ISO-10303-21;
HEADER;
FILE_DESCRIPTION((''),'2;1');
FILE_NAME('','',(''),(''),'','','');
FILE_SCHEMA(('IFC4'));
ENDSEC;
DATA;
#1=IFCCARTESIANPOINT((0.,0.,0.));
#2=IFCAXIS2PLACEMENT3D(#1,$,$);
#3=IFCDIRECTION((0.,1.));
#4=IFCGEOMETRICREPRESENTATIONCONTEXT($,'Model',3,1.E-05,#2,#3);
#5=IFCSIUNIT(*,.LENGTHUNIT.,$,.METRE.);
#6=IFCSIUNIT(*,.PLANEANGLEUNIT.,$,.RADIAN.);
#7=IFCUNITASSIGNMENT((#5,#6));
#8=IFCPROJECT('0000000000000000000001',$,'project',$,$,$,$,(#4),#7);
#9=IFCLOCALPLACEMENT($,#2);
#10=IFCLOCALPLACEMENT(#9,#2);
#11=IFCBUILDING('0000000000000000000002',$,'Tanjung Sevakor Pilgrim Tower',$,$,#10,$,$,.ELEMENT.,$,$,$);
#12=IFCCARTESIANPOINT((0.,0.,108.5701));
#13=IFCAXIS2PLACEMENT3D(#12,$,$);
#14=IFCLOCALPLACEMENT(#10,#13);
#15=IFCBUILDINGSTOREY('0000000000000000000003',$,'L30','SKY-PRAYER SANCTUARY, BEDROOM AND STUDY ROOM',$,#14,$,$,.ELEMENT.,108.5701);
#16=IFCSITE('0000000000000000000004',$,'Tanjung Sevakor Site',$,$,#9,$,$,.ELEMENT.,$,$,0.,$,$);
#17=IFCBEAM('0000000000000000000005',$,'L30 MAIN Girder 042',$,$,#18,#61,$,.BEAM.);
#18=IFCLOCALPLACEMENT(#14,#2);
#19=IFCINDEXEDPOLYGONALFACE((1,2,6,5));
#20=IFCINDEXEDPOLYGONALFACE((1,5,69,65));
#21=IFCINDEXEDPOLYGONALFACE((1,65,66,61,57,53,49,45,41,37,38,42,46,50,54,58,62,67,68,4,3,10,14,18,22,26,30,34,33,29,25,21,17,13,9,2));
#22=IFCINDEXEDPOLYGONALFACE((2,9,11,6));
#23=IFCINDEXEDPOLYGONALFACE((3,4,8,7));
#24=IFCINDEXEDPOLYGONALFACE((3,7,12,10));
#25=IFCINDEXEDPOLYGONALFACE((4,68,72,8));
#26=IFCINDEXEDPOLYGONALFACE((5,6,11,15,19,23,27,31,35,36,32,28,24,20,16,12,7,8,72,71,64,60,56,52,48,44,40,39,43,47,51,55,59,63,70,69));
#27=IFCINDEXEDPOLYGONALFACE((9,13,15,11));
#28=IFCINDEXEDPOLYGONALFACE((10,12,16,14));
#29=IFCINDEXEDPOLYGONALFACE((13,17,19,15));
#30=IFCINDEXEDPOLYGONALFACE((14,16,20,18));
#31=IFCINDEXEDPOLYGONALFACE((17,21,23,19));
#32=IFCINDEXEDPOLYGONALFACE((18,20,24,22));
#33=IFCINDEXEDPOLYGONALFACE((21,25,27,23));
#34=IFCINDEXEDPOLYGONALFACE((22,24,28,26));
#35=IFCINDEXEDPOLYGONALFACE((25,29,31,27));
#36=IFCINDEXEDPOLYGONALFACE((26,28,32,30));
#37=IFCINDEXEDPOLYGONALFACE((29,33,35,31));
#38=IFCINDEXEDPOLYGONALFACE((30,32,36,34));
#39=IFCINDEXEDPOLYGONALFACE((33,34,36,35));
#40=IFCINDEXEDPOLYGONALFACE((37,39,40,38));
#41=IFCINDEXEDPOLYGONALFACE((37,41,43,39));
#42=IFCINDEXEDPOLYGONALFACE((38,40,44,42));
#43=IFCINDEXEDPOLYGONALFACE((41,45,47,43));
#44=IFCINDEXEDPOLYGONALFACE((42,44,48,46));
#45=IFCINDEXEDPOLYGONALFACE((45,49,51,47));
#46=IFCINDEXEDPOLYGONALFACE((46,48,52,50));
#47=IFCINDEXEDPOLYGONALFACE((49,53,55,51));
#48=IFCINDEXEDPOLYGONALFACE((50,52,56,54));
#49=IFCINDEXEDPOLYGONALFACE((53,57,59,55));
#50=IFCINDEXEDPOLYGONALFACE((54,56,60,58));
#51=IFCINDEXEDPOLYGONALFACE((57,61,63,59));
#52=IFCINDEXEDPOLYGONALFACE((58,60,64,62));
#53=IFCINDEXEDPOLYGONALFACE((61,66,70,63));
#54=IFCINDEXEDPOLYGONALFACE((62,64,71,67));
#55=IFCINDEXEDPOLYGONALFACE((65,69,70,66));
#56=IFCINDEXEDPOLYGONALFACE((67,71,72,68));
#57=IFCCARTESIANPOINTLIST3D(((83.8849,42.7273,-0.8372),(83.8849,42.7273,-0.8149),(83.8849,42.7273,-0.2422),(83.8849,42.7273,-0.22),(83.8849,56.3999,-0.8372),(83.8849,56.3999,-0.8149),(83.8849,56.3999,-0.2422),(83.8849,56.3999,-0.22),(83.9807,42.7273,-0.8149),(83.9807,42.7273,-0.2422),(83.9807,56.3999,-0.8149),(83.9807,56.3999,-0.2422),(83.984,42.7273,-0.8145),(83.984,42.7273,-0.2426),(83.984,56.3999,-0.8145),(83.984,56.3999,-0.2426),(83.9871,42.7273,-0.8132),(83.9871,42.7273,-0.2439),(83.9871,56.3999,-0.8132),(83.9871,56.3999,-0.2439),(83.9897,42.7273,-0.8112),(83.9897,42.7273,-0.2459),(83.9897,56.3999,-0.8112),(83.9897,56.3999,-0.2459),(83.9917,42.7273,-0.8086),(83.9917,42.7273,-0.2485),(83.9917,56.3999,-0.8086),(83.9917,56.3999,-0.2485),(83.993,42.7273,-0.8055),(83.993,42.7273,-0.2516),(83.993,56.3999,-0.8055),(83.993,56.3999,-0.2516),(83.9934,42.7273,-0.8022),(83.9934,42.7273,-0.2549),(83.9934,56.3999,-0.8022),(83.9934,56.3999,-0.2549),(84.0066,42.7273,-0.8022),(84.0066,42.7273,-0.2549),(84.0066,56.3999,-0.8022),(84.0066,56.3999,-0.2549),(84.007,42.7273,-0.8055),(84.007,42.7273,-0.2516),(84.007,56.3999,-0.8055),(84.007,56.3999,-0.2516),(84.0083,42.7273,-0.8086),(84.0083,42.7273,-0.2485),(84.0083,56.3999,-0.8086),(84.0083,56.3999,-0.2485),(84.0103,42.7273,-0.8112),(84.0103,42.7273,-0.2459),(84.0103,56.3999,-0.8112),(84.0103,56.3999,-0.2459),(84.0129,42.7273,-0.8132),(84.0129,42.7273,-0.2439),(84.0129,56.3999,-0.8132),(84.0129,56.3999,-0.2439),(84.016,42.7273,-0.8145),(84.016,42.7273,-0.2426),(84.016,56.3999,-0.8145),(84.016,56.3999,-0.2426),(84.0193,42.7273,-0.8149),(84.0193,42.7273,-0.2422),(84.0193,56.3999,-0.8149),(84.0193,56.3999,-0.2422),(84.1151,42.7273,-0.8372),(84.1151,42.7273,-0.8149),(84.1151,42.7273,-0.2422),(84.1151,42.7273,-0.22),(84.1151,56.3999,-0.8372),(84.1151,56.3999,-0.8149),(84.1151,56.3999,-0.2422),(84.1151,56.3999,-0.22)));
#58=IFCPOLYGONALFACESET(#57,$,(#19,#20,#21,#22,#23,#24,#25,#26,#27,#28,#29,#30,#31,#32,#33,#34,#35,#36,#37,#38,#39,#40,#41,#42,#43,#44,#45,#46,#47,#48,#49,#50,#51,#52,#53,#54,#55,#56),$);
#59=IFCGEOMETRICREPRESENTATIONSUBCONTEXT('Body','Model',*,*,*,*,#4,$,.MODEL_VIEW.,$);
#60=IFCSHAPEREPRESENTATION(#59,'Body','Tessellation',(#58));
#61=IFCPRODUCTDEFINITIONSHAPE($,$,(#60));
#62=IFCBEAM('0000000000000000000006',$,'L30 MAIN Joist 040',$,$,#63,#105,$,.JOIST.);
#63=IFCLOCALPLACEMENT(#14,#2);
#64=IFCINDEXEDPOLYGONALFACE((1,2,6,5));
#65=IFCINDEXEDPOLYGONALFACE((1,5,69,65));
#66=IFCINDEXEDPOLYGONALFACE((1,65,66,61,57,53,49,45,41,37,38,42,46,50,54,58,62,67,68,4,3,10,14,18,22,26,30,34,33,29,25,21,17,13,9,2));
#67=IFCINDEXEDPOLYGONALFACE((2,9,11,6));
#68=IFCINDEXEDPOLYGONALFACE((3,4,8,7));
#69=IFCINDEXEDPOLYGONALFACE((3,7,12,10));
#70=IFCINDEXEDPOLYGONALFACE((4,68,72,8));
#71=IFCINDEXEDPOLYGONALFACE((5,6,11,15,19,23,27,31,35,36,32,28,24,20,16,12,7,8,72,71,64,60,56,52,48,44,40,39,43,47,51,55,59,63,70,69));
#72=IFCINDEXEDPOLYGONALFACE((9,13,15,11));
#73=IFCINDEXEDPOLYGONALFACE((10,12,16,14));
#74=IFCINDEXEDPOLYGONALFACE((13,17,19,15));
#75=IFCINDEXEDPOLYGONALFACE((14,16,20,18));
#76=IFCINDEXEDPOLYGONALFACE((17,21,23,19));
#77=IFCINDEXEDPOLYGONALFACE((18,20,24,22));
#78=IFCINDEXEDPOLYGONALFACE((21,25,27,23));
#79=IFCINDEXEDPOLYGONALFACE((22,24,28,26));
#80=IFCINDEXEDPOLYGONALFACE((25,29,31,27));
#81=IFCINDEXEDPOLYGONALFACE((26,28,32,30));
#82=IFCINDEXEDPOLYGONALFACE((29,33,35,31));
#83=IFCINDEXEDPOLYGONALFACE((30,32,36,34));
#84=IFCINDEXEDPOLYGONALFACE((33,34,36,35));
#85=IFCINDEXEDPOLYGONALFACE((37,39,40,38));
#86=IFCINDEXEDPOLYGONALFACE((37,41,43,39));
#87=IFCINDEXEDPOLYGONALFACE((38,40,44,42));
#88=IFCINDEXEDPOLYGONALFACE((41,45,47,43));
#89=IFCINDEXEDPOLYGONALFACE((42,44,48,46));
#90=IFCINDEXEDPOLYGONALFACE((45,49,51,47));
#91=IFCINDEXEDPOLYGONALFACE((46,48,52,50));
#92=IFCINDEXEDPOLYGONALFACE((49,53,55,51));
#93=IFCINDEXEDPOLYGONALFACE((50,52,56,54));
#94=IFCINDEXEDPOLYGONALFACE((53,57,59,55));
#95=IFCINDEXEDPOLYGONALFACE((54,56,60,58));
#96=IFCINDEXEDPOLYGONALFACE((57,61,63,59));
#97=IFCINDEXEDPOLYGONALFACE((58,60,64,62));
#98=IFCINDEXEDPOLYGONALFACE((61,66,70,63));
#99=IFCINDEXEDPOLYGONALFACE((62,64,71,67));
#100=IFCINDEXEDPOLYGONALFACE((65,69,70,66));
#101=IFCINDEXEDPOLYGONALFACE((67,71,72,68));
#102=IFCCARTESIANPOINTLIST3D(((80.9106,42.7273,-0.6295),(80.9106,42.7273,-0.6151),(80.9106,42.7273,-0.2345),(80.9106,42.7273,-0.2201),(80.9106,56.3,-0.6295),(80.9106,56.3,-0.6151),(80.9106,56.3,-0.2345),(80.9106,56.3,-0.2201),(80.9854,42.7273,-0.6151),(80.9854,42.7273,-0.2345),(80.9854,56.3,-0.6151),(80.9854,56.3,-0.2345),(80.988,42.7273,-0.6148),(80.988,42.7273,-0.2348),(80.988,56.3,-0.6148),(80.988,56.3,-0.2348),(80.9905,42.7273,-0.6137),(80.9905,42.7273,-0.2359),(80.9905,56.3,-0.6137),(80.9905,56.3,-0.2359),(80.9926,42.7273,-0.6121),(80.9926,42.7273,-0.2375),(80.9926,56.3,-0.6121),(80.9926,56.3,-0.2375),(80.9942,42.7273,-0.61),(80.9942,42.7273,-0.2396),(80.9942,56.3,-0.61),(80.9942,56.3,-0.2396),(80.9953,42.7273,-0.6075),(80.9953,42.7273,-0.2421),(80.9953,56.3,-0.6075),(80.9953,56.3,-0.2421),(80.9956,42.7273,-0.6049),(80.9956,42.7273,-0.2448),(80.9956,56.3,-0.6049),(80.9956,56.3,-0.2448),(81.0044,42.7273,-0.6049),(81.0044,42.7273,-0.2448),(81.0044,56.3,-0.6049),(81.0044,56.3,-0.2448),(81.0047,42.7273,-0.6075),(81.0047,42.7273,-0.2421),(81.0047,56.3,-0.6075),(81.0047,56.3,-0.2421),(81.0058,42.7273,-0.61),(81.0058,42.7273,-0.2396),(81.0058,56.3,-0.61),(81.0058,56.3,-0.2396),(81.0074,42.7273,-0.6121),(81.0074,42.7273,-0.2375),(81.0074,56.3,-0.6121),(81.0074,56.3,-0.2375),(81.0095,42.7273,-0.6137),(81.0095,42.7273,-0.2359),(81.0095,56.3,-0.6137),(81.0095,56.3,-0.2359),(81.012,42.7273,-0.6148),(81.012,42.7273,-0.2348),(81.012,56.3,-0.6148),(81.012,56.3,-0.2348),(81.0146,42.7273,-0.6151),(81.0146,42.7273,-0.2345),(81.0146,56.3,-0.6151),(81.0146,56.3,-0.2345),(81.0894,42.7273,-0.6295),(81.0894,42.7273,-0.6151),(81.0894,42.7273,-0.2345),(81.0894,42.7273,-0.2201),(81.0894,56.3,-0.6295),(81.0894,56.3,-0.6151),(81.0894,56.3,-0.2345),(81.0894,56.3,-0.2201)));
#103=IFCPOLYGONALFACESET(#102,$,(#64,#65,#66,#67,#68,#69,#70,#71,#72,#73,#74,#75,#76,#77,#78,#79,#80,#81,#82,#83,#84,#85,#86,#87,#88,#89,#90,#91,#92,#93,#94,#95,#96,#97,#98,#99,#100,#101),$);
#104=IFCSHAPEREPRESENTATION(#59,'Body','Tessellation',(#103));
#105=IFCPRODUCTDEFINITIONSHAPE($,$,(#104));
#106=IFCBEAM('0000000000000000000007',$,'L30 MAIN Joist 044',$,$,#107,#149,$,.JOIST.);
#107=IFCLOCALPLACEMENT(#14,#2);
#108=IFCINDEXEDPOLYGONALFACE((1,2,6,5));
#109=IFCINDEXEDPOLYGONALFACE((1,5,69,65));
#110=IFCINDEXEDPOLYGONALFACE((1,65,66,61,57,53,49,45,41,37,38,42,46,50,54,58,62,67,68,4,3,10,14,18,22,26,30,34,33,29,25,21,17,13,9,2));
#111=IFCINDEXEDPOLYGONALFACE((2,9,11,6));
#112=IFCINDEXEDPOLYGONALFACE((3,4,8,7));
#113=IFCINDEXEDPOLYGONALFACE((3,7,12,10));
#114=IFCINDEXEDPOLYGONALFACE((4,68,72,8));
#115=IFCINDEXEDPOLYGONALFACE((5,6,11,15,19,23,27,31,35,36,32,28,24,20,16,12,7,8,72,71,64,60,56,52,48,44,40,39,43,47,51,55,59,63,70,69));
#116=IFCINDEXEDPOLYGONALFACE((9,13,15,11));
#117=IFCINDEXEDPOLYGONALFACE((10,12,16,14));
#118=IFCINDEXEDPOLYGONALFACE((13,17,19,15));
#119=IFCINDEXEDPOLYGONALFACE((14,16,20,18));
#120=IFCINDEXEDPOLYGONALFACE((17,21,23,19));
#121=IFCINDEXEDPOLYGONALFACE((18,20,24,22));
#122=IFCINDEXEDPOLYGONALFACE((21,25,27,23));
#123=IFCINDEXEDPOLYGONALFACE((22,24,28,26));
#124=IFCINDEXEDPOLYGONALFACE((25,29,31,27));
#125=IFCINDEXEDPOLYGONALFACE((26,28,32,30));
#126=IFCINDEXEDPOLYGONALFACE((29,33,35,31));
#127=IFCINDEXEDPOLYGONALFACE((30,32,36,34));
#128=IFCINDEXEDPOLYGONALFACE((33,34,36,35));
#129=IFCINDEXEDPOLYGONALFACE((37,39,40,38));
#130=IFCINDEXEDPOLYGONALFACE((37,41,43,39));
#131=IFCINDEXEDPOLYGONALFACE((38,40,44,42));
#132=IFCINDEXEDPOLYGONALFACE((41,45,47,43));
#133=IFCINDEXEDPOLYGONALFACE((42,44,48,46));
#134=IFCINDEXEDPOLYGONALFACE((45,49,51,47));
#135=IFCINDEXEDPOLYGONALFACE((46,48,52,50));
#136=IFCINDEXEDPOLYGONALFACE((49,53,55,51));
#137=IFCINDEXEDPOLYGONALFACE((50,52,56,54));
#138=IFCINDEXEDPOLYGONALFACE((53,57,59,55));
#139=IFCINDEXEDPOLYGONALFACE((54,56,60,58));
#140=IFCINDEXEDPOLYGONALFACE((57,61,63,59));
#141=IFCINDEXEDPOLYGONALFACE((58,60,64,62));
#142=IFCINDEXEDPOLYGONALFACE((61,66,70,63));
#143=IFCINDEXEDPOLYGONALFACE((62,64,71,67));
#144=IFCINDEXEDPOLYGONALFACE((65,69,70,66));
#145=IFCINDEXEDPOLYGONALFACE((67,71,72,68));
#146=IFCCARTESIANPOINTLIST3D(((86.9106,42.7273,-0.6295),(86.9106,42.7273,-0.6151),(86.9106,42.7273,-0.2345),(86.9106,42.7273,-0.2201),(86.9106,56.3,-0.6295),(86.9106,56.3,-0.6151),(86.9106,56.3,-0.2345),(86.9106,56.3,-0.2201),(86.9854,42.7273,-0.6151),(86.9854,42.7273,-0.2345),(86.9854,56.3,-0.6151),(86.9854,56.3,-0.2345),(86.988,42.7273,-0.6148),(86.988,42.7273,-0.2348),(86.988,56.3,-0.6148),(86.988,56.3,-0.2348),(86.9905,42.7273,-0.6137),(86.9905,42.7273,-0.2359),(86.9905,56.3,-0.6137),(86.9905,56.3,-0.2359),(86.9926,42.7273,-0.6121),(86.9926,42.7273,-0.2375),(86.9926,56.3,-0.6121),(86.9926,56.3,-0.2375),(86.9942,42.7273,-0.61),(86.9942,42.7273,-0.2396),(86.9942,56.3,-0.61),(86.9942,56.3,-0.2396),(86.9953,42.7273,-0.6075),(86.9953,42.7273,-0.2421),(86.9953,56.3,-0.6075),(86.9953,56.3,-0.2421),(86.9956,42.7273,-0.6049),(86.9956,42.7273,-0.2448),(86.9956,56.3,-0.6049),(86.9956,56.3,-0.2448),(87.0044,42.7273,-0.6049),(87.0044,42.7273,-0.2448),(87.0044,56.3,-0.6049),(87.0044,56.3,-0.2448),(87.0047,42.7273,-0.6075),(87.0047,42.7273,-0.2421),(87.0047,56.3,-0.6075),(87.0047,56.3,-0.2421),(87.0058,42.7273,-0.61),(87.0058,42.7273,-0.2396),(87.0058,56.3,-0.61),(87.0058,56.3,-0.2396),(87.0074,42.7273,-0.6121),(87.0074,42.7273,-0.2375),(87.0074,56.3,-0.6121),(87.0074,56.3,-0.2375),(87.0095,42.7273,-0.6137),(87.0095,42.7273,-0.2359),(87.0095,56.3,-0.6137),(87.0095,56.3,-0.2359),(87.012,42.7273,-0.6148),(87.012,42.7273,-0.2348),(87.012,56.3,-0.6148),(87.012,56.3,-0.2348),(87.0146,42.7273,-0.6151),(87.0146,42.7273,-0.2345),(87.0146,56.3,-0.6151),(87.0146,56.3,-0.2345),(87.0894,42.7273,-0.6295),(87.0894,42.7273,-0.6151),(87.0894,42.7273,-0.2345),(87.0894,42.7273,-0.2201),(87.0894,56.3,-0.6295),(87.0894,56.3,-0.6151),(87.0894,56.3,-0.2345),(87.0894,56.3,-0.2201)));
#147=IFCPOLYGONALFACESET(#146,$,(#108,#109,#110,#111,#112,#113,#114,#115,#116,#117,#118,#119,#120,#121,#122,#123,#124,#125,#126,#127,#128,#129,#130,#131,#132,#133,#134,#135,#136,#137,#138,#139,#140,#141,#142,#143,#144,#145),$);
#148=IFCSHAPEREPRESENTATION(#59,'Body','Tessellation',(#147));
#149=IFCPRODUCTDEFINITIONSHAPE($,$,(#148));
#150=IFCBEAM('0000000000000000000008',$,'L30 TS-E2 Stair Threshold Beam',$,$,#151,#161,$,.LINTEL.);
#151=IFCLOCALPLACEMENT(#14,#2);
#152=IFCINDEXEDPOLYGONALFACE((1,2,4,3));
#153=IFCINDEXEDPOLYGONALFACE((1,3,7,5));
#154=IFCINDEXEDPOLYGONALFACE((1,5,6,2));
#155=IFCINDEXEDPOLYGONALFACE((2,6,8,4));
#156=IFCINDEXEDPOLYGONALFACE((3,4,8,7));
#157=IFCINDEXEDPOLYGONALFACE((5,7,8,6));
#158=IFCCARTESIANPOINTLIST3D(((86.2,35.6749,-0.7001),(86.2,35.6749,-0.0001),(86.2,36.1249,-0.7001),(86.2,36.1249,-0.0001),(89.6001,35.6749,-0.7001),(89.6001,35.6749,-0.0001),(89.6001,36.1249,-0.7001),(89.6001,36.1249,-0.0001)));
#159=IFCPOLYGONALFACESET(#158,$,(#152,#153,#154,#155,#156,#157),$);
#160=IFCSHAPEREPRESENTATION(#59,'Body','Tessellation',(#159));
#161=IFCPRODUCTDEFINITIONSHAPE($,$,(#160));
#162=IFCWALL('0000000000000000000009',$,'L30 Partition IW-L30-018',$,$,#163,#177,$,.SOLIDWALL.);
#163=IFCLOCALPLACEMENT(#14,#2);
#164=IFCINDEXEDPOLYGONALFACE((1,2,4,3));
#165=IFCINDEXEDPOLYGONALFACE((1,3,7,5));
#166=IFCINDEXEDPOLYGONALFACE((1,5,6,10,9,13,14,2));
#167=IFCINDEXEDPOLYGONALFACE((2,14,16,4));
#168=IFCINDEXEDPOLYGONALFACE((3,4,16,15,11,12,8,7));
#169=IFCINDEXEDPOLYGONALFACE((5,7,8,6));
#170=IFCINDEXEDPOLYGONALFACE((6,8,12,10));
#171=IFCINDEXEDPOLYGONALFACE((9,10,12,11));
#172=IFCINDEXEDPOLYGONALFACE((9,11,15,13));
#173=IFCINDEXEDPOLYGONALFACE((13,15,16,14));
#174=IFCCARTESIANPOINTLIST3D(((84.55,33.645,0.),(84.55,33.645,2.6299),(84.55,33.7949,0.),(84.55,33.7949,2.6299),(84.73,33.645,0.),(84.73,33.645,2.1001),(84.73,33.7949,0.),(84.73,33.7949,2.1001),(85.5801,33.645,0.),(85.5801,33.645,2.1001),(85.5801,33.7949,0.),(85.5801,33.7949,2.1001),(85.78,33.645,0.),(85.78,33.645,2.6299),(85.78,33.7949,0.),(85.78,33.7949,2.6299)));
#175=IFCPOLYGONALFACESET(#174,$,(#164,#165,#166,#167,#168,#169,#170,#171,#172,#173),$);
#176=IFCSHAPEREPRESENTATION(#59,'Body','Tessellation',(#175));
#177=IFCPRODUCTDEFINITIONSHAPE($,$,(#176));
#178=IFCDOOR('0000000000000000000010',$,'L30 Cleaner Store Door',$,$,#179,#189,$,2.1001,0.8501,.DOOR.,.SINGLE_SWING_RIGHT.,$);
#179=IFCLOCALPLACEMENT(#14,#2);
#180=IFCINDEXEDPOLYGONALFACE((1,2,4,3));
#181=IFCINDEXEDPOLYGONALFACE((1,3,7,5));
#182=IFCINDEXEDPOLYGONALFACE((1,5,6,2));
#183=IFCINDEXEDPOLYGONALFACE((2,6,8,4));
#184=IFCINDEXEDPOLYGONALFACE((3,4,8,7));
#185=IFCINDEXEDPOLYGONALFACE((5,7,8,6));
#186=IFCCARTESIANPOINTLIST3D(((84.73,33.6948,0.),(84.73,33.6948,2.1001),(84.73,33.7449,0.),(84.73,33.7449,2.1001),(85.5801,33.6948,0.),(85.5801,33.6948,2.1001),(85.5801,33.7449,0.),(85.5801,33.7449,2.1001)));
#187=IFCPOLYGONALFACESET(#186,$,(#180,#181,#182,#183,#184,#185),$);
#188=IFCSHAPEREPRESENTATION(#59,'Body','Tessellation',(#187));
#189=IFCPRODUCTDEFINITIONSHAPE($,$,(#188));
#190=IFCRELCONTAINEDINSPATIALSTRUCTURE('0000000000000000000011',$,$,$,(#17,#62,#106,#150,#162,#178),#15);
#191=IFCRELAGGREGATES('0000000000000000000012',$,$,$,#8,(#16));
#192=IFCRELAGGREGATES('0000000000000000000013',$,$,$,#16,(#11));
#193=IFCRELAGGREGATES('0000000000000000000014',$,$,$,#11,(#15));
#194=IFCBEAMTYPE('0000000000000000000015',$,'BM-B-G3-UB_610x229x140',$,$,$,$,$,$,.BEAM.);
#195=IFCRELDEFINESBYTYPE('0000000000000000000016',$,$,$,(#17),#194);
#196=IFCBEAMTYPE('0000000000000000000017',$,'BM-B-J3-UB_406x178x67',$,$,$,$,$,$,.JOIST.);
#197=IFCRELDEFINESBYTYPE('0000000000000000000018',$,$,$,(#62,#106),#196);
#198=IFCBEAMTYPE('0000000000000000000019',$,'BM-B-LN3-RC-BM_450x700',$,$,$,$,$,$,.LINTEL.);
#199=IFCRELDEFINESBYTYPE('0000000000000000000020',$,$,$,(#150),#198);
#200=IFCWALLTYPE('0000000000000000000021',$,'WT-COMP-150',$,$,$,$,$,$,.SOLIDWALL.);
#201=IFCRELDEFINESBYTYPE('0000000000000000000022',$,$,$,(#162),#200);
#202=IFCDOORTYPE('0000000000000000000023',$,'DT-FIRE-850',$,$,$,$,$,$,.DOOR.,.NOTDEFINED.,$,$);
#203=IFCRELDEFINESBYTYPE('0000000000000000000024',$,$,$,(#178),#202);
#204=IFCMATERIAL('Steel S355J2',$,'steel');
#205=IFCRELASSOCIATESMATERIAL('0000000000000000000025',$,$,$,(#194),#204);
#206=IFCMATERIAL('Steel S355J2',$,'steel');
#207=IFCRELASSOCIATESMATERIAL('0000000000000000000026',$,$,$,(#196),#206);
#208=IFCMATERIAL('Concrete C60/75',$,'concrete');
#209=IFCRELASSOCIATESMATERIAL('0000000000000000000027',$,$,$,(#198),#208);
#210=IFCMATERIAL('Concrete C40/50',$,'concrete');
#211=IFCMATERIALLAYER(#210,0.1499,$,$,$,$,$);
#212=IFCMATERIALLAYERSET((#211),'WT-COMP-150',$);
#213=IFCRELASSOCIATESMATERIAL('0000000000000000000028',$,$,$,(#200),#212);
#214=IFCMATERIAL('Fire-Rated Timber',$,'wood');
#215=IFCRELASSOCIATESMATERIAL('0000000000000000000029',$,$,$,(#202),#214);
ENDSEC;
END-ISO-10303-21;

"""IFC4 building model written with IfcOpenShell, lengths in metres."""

from ifc_helpers import new_model, si_unit, direction, frame, frame_2d, origin, origin_2d, place, context, subcontext, project, spatial, rectangle, i_section, extrude, material, layer, layer_set, material_profile, profile_set, type_object, element, fill, save


model = new_model("IFC4")

# Units and contexts
model_context = context("Model", 3, precision=1e-05, world=origin(), true_north=direction((0.0, 1.0)))
body_context = subcontext(model_context, "Body", "Model", "MODEL_VIEW")
ifc_project = project(units=[si_unit("LENGTHUNIT", "METRE"), si_unit("PLANEANGLEUNIT", "RADIAN")], contexts=[model_context])

# Site, building, storey
site_placement = place(None, origin())
site = spatial("IfcSite", under=ifc_project, at=site_placement, Name="Tanjung Sevakor Site", CompositionType="ELEMENT", RefElevation=0.0)
building_placement = place(site_placement, origin())
building = spatial("IfcBuilding", under=site, at=building_placement, Name="Tanjung Sevakor Pilgrim Tower", CompositionType="ELEMENT")
storey_placement = place(building_placement, frame((0.0, 0.0, 108.5701)))
storey = spatial("IfcBuildingStorey", under=building, at=storey_placement, Name="L30", Description="SKY-PRAYER SANCTUARY, BEDROOM AND STUDY ROOM", CompositionType="ELEMENT", Elevation=108.5701)

# Beams
ifc_material_1 = material(Name="Steel S355J2", Category="steel")
ifc_material_profile_1 = material_profile(ifc_material_1, i_section(OverallWidth=0.2302, OverallDepth=0.6172, WebThickness=0.0132, FlangeThickness=0.0222, FilletRadius=0.0127, at=origin_2d()))
ifc_profile_set_1 = profile_set([ifc_material_profile_1], Name="Steel S355J2")
beam_type_1 = type_object("IfcBeamType", Name="BM-B-G3-UB_610x229x140", PredefinedType="BEAM", material=ifc_profile_set_1)
beam_1_placement = place(storey_placement, frame((84.0, 42.7273, -0.5286), z_axis=(0.0, 1.0, 0.0), x_axis=(-1.0, 0.0, 0.0)))
element("IfcBeam", 1, at=beam_1_placement, inside=storey, type_object=beam_type_1, Name="L30 MAIN Girder 042", PredefinedType="BEAM", context=body_context, shape_type="SweptSolid", body=[
    extrude(i_section(OverallWidth=0.2302, OverallDepth=0.6172, WebThickness=0.0132, FlangeThickness=0.0222, FilletRadius=0.0127, at=origin_2d()), origin(), (0.0, 0.0, 1.0), 13.6726),
])
ifc_material_2 = material(Name="Steel S355J2", Category="steel")
ifc_material_profile_2 = material_profile(ifc_material_2, i_section(OverallWidth=0.1787, OverallDepth=0.4094, WebThickness=0.0088, FlangeThickness=0.0144, FilletRadius=0.0103, at=origin_2d()))
ifc_profile_set_2 = profile_set([ifc_material_profile_2], Name="Steel S355J2")
beam_type_2 = type_object("IfcBeamType", Name="BM-B-J3-UB_406x178x67", PredefinedType="JOIST", material=ifc_profile_set_2)
for number, where, z_axis, x_axis, name in (
    (2, (81.0, 42.7273, -0.4248), (0.0, 1.0, 0.0), (-1.0, 0.0, 0.0), "L30 MAIN Joist 040"),
    (3, (87.0, 42.7273, -0.4248), (0.0, 1.0, 0.0), (-1.0, 0.0, 0.0), "L30 MAIN Joist 044"),
):
    element("IfcBeam", number, at=place(storey_placement, frame(where, z_axis=z_axis, x_axis=x_axis)), inside=storey, type_object=beam_type_2, Name=name, PredefinedType="JOIST", context=body_context, shape_type="SweptSolid", body=[
        extrude(i_section(OverallWidth=0.1787, OverallDepth=0.4094, WebThickness=0.0088, FlangeThickness=0.0144, FilletRadius=0.0103, at=origin_2d()), origin(), (0.0, 0.0, 1.0), 13.5728),
    ])
ifc_material_3 = material(Name="Concrete C60/75", Category="concrete")
ifc_material_profile_3 = material_profile(ifc_material_3, rectangle(XDim=0.45, YDim=0.7, at=origin_2d()))
ifc_profile_set_3 = profile_set([ifc_material_profile_3], Name="Concrete C60/75")
beam_type_3 = type_object("IfcBeamType", Name="BM-B-LN3-RC-BM_450x700", PredefinedType="LINTEL", material=ifc_profile_set_3)
beam_2_placement = place(storey_placement, frame((86.2, 35.8999, -0.3501), z_axis=(1.0, 0.0, 0.0), x_axis=(0.0, 1.0, 0.0)))
element("IfcBeam", 4, at=beam_2_placement, inside=storey, type_object=beam_type_3, Name="L30 TS-E2 Stair Threshold Beam", PredefinedType="LINTEL", context=body_context, shape_type="SweptSolid", body=[
    extrude(rectangle(XDim=0.45, YDim=0.7, at=origin_2d()), origin(), (0.0, 0.0, 1.0), 3.4001),
])

# Wall, opening, door
ifc_material_4 = material(Name="Concrete C40/50", Category="concrete")
ifc_layer_1 = layer(ifc_material_4, 0.1499)
ifc_layer_set_1 = layer_set([ifc_layer_1], Name="WT-COMP-150")
wall_type_1 = type_object("IfcWallType", Name="WT-COMP-150", PredefinedType="SOLIDWALL", material=ifc_layer_set_1)
wall_1_placement = place(storey_placement, frame((84.55, 33.72, 0.0), z_axis=(0.0, 0.0, 1.0), x_axis=(1.0, 0.0, 0.0)))
wall_1 = element("IfcWall", 5, at=wall_1_placement, inside=storey, type_object=wall_type_1, Name="L30 Partition IW-L30-018", PredefinedType="SOLIDWALL", context=body_context, shape_type="SweptSolid", body=[
    extrude(rectangle(XDim=1.23, YDim=0.1499, at=frame_2d((0.615, 0.0))), origin(), (0.0, 0.0, 1.0), 2.6299),
])
opening_1_placement = place(wall_1_placement, frame((0.1799, 0.0, 0.0)))
opening_1 = element("IfcOpeningElement", 6, at=opening_1_placement, cuts=wall_1, PredefinedType="OPENING", context=body_context, shape_type="SweptSolid", body=[
    extrude(rectangle(XDim=0.8501, YDim=2.1001, at=frame_2d((0.425, 1.05))), frame((0.0, 0.085, 0.0), z_axis=(0.0, -1.0, 0.0), x_axis=(1.0, 0.0, 0.0)), (0.0, 0.0, 1.0), 0.1699),
])
ifc_material_5 = material(Name="Fire-Rated Timber", Category="wood")
door_type_1 = type_object("IfcDoorType", Name="DT-FIRE-850", OperationType="NOTDEFINED", PredefinedType="DOOR", material=ifc_material_5)
door_1_placement = place(opening_1_placement, origin())
door_1 = element("IfcDoor", 7, at=door_1_placement, inside=storey, type_object=door_type_1, Name="L30 Cleaner Store Door", OperationType="SINGLE_SWING_RIGHT", OverallHeight=2.1001, OverallWidth=0.8501, PredefinedType="DOOR", context=body_context, shape_type="SweptSolid", body=[
    extrude(rectangle(XDim=0.8501, YDim=2.1001, at=frame_2d((0.425, 1.05))), frame((0.0, 0.0249, 0.0), z_axis=(0.0, -1.0, 0.0), x_axis=(1.0, 0.0, 0.0)), (0.0, 0.0, 1.0), 0.05),
])
fill(opening_1, door_1)

save(model, "model.ifc")
